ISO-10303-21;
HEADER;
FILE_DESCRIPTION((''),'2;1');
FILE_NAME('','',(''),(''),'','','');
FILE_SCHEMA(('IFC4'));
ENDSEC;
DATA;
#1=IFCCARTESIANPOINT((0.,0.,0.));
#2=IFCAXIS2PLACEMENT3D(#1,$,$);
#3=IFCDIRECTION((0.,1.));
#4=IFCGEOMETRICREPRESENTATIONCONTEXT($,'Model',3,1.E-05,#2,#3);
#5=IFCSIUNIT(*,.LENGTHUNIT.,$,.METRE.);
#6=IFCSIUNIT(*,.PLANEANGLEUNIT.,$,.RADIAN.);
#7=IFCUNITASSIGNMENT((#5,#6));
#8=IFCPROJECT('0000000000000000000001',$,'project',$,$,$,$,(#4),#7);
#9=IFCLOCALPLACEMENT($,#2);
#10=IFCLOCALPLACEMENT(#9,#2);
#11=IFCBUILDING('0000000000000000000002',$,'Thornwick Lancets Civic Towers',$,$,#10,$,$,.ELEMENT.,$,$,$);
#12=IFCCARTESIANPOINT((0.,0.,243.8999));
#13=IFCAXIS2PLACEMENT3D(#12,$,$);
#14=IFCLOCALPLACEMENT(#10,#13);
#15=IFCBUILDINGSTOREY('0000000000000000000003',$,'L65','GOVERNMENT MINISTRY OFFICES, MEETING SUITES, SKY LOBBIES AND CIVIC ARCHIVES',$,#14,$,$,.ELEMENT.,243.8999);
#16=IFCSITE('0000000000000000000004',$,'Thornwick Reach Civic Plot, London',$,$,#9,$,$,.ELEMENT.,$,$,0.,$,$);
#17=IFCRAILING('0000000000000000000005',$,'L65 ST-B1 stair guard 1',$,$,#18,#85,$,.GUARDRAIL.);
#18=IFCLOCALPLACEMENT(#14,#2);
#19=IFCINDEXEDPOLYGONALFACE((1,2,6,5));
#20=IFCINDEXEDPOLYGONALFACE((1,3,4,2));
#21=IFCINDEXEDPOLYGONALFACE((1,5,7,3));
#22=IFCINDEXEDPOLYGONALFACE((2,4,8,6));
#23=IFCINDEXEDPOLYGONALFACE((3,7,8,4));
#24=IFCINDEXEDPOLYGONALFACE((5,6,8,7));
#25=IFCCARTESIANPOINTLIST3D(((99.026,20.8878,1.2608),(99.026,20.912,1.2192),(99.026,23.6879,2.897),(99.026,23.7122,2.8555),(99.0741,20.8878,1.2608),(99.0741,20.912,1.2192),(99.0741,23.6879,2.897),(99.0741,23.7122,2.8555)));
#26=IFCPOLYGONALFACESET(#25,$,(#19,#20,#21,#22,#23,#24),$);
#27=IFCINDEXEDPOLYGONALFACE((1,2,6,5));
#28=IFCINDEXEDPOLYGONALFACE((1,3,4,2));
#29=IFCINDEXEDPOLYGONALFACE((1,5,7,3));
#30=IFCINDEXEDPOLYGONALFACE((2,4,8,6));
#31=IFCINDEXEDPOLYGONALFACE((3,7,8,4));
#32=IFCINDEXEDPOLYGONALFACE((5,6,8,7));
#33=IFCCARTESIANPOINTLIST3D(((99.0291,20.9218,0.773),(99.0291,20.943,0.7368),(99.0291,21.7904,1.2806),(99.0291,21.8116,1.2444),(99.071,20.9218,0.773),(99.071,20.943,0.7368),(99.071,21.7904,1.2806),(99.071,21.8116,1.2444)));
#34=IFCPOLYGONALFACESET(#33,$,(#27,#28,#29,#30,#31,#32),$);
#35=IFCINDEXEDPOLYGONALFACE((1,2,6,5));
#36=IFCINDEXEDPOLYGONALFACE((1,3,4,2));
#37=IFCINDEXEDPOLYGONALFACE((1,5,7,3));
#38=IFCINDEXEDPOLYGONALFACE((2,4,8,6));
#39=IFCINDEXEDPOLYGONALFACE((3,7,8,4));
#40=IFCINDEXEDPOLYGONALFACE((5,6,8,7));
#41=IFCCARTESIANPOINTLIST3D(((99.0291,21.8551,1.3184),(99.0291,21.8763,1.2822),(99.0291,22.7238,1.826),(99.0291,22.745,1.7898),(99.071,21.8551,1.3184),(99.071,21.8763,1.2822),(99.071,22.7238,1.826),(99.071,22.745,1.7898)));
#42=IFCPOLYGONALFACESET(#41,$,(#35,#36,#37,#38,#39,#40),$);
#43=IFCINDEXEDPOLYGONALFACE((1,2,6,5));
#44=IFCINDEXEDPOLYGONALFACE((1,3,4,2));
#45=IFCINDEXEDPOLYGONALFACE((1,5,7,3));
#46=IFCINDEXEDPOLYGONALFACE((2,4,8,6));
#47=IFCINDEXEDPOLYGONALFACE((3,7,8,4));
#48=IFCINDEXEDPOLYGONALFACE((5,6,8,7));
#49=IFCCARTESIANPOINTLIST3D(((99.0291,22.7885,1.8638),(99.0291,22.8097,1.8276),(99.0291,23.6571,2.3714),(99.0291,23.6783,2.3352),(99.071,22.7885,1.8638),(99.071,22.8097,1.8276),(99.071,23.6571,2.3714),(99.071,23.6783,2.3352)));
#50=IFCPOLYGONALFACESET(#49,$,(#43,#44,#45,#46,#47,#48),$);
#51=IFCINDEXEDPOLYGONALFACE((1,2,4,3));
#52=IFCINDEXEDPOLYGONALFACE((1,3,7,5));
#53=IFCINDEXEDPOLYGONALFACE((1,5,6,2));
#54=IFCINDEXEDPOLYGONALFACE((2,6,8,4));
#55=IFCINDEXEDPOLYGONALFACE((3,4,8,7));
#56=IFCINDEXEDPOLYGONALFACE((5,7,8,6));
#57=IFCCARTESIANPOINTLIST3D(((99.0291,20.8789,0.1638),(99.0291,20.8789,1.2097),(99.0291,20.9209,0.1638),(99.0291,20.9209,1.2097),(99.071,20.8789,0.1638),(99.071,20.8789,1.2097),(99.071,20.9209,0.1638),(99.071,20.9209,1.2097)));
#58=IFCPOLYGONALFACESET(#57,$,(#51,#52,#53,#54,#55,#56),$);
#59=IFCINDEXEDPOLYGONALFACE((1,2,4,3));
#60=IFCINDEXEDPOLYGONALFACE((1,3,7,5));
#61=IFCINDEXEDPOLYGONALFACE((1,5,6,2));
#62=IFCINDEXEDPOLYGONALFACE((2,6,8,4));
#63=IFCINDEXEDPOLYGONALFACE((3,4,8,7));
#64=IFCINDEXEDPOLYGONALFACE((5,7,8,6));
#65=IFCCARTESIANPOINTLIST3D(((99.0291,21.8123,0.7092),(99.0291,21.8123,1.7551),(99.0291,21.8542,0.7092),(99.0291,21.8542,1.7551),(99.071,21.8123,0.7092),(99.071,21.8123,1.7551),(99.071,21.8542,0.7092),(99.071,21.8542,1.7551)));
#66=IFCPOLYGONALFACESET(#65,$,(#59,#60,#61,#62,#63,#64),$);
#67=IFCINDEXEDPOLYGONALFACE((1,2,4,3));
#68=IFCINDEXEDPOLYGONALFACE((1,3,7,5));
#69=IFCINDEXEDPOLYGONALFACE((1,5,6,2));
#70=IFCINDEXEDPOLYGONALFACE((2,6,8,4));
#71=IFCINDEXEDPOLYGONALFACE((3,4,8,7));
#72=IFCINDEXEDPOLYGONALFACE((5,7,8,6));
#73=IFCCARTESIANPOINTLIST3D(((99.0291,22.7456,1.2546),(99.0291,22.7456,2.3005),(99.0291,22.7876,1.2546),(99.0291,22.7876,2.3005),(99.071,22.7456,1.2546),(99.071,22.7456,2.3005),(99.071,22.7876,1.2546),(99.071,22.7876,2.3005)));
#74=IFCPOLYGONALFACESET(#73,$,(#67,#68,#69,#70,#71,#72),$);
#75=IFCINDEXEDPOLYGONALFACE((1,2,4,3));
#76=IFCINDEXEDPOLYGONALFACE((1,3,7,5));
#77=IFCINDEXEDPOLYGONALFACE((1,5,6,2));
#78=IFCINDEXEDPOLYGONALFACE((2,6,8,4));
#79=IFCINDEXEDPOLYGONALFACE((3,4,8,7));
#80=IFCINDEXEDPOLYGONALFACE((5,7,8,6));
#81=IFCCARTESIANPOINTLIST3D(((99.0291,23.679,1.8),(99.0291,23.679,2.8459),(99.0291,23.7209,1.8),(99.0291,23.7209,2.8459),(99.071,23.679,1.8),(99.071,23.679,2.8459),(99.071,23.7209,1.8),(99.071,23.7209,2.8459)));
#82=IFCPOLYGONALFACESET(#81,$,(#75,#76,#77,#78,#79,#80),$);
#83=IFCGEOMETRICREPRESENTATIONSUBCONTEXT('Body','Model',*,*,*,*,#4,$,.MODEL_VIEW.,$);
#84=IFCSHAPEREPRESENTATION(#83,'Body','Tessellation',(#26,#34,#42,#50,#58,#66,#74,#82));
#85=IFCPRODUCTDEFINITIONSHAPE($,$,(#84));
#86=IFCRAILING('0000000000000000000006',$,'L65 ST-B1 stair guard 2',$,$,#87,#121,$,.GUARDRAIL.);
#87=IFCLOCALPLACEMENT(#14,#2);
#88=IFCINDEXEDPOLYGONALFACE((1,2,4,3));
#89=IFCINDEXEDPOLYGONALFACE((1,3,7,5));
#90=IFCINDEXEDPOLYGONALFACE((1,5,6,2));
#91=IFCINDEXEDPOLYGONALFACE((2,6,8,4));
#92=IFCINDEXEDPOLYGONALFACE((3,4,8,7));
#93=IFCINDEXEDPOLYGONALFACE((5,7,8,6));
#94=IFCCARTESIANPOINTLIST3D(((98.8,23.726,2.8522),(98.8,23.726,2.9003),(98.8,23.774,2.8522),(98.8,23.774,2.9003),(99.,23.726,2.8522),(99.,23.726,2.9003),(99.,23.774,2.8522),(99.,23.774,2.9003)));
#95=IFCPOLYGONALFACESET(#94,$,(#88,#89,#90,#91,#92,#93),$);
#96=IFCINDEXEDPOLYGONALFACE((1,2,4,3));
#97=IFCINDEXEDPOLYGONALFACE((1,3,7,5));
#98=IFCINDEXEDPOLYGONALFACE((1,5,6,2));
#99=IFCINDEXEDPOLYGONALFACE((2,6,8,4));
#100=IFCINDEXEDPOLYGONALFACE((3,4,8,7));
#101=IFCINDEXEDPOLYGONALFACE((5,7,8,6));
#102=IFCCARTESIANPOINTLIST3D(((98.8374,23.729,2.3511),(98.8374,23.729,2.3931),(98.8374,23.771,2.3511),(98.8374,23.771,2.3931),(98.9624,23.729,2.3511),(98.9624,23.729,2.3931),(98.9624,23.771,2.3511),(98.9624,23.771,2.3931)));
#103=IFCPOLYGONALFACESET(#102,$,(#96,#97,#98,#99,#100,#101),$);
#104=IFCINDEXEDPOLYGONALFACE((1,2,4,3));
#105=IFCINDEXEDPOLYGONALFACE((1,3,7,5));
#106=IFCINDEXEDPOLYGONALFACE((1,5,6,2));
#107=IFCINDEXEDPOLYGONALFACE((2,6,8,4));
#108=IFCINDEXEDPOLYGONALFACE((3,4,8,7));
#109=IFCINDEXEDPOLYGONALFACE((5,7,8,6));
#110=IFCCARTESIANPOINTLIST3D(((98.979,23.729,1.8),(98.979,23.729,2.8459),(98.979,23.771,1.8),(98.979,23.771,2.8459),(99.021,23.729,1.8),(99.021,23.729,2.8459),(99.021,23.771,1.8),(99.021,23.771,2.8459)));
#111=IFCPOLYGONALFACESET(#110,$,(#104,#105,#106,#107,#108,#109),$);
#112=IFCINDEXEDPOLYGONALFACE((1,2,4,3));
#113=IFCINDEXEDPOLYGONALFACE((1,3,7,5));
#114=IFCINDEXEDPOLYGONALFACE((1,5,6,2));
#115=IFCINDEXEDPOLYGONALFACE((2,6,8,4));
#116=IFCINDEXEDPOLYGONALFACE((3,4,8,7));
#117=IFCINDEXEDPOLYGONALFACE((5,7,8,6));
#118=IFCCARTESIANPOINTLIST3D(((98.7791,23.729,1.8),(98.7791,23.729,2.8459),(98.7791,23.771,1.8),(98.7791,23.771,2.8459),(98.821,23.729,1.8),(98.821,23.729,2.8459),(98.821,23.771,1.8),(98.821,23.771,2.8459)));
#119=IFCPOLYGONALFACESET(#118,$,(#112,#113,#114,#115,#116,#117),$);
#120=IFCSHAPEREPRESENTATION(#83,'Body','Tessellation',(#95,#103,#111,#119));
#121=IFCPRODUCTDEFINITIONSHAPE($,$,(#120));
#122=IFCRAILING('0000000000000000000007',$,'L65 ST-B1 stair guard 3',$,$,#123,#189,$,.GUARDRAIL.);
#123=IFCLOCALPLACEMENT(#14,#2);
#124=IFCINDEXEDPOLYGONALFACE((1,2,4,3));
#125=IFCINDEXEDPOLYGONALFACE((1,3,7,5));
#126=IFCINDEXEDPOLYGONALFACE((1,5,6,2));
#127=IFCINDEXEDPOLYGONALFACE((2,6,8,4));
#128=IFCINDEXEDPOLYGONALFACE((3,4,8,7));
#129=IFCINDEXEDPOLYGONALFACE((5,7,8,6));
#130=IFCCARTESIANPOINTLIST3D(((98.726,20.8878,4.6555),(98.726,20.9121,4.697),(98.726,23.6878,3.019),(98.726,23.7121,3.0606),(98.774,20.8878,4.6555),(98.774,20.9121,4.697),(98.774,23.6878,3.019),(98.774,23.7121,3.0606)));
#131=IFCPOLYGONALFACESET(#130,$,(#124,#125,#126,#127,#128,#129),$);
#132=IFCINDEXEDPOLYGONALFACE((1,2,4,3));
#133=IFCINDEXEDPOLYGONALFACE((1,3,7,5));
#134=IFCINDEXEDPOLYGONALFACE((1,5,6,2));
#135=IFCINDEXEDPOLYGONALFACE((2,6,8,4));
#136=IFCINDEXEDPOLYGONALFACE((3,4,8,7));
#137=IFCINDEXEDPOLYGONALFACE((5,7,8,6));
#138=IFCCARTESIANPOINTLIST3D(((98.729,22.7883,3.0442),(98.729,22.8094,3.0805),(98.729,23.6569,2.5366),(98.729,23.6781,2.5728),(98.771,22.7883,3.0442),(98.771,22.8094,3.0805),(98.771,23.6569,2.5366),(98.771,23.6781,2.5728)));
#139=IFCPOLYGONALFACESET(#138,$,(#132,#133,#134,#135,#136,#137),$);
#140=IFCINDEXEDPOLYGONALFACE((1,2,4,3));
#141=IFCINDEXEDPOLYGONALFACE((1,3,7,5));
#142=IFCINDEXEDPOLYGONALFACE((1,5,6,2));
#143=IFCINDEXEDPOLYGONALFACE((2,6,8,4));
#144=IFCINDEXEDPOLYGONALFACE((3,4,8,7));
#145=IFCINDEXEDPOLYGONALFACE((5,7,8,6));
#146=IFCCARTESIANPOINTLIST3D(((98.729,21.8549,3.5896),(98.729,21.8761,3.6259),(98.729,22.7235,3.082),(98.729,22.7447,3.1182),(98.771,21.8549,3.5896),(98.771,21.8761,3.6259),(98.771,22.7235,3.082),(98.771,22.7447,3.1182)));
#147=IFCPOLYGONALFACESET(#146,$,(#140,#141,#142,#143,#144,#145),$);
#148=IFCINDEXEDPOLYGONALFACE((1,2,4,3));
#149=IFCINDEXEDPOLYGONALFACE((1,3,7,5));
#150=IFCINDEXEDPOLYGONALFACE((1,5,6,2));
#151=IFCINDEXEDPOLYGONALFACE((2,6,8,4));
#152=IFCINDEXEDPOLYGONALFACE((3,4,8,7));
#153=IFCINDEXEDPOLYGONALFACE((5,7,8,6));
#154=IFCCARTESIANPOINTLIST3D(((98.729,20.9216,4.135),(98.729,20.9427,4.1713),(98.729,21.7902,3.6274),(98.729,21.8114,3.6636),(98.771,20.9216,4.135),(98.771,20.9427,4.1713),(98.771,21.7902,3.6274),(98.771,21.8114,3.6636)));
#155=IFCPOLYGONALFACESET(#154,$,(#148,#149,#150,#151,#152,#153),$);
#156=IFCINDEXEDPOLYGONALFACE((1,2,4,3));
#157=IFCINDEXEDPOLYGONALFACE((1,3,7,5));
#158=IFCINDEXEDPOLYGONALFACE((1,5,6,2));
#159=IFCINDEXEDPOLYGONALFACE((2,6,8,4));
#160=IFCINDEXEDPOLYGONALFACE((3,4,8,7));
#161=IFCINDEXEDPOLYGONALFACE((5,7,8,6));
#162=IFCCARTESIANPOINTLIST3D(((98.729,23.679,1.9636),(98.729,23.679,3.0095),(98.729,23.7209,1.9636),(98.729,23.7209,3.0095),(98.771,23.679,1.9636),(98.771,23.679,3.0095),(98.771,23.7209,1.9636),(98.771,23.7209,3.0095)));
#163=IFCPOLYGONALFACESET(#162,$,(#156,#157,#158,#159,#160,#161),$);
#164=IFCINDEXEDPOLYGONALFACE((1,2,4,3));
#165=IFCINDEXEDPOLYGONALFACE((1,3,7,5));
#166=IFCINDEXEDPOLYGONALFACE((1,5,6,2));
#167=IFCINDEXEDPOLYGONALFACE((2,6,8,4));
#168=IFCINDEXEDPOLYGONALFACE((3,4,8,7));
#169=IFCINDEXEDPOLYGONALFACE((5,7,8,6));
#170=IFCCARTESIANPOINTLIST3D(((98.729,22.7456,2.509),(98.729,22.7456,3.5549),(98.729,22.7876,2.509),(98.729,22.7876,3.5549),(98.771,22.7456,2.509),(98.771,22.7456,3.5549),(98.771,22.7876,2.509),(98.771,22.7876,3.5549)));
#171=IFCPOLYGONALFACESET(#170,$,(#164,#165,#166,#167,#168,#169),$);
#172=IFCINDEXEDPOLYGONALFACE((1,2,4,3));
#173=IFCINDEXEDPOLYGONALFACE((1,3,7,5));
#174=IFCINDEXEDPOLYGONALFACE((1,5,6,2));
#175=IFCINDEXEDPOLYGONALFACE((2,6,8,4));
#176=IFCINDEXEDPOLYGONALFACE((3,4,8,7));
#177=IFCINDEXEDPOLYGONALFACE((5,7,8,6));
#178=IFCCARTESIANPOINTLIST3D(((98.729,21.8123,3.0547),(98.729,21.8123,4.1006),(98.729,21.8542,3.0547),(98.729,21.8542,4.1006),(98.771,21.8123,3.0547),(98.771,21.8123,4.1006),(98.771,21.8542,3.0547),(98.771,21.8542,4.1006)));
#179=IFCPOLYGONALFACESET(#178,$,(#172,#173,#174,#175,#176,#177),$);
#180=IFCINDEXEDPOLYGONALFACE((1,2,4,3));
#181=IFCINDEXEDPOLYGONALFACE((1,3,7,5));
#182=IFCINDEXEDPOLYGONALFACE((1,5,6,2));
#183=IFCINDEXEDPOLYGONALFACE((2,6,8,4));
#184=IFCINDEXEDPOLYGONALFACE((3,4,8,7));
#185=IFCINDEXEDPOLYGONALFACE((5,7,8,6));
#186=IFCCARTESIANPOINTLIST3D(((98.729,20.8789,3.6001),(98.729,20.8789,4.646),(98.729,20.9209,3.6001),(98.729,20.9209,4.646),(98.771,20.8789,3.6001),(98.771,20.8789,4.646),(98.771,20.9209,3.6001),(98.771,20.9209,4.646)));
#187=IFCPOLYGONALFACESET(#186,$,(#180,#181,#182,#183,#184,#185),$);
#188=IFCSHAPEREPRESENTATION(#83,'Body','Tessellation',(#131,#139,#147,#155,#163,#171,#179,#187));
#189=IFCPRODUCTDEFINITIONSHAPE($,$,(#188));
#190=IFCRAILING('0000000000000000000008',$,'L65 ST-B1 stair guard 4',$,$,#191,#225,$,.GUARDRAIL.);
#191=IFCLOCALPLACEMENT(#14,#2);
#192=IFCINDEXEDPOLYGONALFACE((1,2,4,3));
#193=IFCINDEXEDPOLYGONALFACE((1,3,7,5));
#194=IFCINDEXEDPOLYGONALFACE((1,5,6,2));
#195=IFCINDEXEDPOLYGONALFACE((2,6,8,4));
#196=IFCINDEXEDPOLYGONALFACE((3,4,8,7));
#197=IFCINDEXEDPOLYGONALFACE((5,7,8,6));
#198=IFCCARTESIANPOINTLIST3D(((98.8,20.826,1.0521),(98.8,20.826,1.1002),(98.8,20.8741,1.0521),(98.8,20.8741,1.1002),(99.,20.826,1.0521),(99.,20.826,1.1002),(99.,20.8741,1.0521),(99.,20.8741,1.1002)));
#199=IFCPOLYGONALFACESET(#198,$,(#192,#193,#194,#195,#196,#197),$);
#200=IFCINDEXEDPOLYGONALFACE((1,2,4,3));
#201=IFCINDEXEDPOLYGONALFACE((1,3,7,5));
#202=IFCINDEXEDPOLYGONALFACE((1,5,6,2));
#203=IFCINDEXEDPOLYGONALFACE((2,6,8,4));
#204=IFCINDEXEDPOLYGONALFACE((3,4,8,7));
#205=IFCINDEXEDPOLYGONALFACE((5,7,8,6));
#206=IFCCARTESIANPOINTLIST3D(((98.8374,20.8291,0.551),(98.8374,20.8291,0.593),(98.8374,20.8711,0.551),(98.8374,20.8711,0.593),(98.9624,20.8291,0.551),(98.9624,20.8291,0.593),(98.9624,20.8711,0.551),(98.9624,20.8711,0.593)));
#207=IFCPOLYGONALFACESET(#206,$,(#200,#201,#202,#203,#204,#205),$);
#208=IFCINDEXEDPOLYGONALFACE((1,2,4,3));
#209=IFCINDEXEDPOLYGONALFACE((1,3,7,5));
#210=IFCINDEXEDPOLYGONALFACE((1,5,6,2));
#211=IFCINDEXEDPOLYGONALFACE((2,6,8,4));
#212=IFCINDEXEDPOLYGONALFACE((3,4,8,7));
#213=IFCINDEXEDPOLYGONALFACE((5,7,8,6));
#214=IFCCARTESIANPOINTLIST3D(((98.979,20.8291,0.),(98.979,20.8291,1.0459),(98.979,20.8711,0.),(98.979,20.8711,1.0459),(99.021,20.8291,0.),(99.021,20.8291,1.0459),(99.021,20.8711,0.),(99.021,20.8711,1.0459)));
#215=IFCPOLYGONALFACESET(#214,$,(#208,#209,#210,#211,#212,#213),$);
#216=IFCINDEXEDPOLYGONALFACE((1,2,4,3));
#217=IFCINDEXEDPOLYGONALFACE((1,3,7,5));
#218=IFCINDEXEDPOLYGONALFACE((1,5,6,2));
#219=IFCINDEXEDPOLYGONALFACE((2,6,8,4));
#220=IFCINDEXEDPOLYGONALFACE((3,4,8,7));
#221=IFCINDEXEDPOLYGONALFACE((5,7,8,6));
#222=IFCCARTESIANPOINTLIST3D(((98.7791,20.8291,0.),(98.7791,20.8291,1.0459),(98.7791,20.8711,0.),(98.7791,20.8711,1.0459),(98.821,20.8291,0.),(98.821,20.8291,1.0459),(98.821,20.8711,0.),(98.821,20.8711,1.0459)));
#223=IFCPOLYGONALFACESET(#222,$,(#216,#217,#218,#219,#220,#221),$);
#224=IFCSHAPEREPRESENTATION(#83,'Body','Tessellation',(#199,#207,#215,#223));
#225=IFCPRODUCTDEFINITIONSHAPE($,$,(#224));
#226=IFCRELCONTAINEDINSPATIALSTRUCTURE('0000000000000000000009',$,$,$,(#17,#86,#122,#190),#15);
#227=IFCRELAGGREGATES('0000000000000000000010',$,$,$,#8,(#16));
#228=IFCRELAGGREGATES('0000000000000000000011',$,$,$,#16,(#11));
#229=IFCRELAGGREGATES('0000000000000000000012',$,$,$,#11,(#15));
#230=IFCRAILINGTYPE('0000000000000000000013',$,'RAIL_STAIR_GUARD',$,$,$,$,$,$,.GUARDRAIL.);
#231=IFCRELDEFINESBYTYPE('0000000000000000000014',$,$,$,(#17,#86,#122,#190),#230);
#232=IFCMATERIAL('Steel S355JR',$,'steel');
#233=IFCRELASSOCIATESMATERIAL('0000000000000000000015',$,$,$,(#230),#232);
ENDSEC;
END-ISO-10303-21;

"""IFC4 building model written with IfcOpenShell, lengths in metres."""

from ifc_helpers import new_model, si_unit, direction, frame, origin, origin_2d, place, context, subcontext, project, spatial, rectangle, extrude, material, type_object, element, save


model = new_model("IFC4")

# Units and contexts
model_context = context("Model", 3, precision=1e-05, world=origin(), true_north=direction((0.0, 1.0)))
body_context = subcontext(model_context, "Body", "Model", "MODEL_VIEW")
ifc_project = project(units=[si_unit("LENGTHUNIT", "METRE"), si_unit("PLANEANGLEUNIT", "RADIAN")], contexts=[model_context])

# Site, building, storey
site_placement = place(None, origin())
site = spatial("IfcSite", under=ifc_project, at=site_placement, Name="Thornwick Reach Civic Plot, London", CompositionType="ELEMENT", RefElevation=0.0)
building_placement = place(site_placement, origin())
building = spatial("IfcBuilding", under=site, at=building_placement, Name="Thornwick Lancets Civic Towers", CompositionType="ELEMENT")
storey_placement = place(building_placement, frame((0.0, 0.0, 243.8999)))
storey = spatial("IfcBuildingStorey", under=building, at=storey_placement, Name="L65", Description="GOVERNMENT MINISTRY OFFICES, MEETING SUITES, SKY LOBBIES AND CIVIC ARCHIVES", CompositionType="ELEMENT", Elevation=243.8999)

# Shared definitions
ifc_material_1 = material(Name="Steel S355JR", Category="steel")

# Railings
railing_type_1 = type_object("IfcRailingType", Name="RAIL_STAIR_GUARD", PredefinedType="GUARDRAIL", material=ifc_material_1)
railing_1_placement = place(storey_placement, frame((99.05, 20.8999, 0.1638)))
element("IfcRailing", 1, at=railing_1_placement, inside=storey, type_object=railing_type_1, Name="L65 ST-B1 stair guard 1", PredefinedType="GUARDRAIL", context=body_context, shape_type="SweptSolid", body=[
    extrude(rectangle(XDim=0.0481, YDim=0.0481, at=origin_2d()), frame((0.0, 0.0, 1.0762), z_axis=(0.0, 0.863394, 0.504531), x_axis=(-1.0, 0.0, 0.0)), (0.0, 0.0, 1.0), 3.2432),
    extrude(rectangle(XDim=0.042, YDim=0.042, at=origin_2d()), frame((0.0, 0.0325, 0.5911), z_axis=(0.0, 0.863394, 0.504531), x_axis=(-1.0, 0.0, 0.0)), (0.0, 0.0, 1.0), 1.0061),
    extrude(rectangle(XDim=0.042, YDim=0.042, at=origin_2d()), frame((0.0, 0.9658, 1.1365), z_axis=(0.0, 0.863394, 0.504531), x_axis=(-1.0, 0.0, 0.0)), (0.0, 0.0, 1.0), 1.0061),
    extrude(rectangle(XDim=0.042, YDim=0.042, at=origin_2d()), frame((0.0, 1.8992, 1.6819), z_axis=(0.0, 0.863394, 0.504531), x_axis=(-1.0, 0.0, 0.0)), (0.0, 0.0, 1.0), 1.0061),
    extrude(rectangle(XDim=0.042, YDim=0.042, at=origin_2d()), origin(), (0.0, 0.0, 1.0), 1.0459),
    extrude(rectangle(XDim=0.042, YDim=0.042, at=origin_2d()), frame((0.0, 0.9333, 0.5454)), (0.0, 0.0, 1.0), 1.0459),
    extrude(rectangle(XDim=0.042, YDim=0.042, at=origin_2d()), frame((0.0, 1.8667, 1.0908)), (0.0, 0.0, 1.0), 1.0459),
    extrude(rectangle(XDim=0.042, YDim=0.042, at=origin_2d()), frame((0.0, 2.8, 1.6362)), (0.0, 0.0, 1.0), 1.0459),
])
railing_2_placement = place(storey_placement, frame((99.0, 23.75, 1.8)))
element("IfcRailing", 2, at=railing_2_placement, inside=storey, type_object=railing_type_1, Name="L65 ST-B1 stair guard 2", PredefinedType="GUARDRAIL", context=body_context, shape_type="SweptSolid", body=[
    extrude(rectangle(XDim=0.0481, YDim=0.0481, at=origin_2d()), frame((0.0, 0.0, 1.0762), z_axis=(-1.0, 0.0, 0.0), x_axis=(0.0, -1.0, 0.0)), (0.0, 0.0, 1.0), 0.2),
    extrude(rectangle(XDim=0.042, YDim=0.042, at=origin_2d()), frame((-0.0376, 0.0, 0.572), z_axis=(-1.0, 0.0, 0.0), x_axis=(0.0, -1.0, 0.0)), (0.0, 0.0, 1.0), 0.125),
    extrude(rectangle(XDim=0.042, YDim=0.042, at=origin_2d()), origin(), (0.0, 0.0, 1.0), 1.0459),
    extrude(rectangle(XDim=0.042, YDim=0.042, at=origin_2d()), frame((-0.2, 0.0, 0.0)), (0.0, 0.0, 1.0), 1.0459),
])
railing_3_placement = place(storey_placement, frame((98.75, 23.7, 1.9636)))
element("IfcRailing", 3, at=railing_3_placement, inside=storey, type_object=railing_type_1, Name="L65 ST-B1 stair guard 3", PredefinedType="GUARDRAIL", context=body_context, shape_type="SweptSolid", body=[
    extrude(rectangle(XDim=0.0481, YDim=0.0481, at=origin_2d()), frame((0.0, 0.0, 1.0762), z_axis=(0.0, -0.863361, 0.504587), x_axis=(1.0, 0.0, 0.0)), (0.0, 0.0, 1.0), 3.2432),
    extrude(rectangle(XDim=0.042, YDim=0.042, at=origin_2d()), frame((0.0, -0.0325, 0.5911), z_axis=(0.0, -0.863361, 0.504587), x_axis=(1.0, 0.0, 0.0)), (0.0, 0.0, 1.0), 1.0061),
    extrude(rectangle(XDim=0.042, YDim=0.042, at=origin_2d()), frame((0.0, -0.9658, 1.1365), z_axis=(0.0, -0.863361, 0.504587), x_axis=(1.0, 0.0, 0.0)), (0.0, 0.0, 1.0), 1.0061),
    extrude(rectangle(XDim=0.042, YDim=0.042, at=origin_2d()), frame((0.0, -1.8992, 1.6819), z_axis=(0.0, -0.863361, 0.504587), x_axis=(1.0, 0.0, 0.0)), (0.0, 0.0, 1.0), 1.0061),
    extrude(rectangle(XDim=0.042, YDim=0.042, at=origin_2d()), origin(), (0.0, 0.0, 1.0), 1.0459),
    extrude(rectangle(XDim=0.042, YDim=0.042, at=origin_2d()), frame((0.0, -0.9333, 0.5454)), (0.0, 0.0, 1.0), 1.0459),
    extrude(rectangle(XDim=0.042, YDim=0.042, at=origin_2d()), frame((0.0, -1.8667, 1.0911)), (0.0, 0.0, 1.0), 1.0459),
    extrude(rectangle(XDim=0.042, YDim=0.042, at=origin_2d()), frame((0.0, -2.8, 1.6365)), (0.0, 0.0, 1.0), 1.0459),
])
railing_4_placement = place(storey_placement, frame((99.0, 20.8501, 0.0)))
element("IfcRailing", 4, at=railing_4_placement, inside=storey, type_object=railing_type_1, Name="L65 ST-B1 stair guard 4", PredefinedType="GUARDRAIL", context=body_context, shape_type="SweptSolid", body=[
    extrude(rectangle(XDim=0.0481, YDim=0.0481, at=origin_2d()), frame((0.0, 0.0, 1.0762), z_axis=(-1.0, 0.0, 0.0), x_axis=(0.0, -1.0, 0.0)), (0.0, 0.0, 1.0), 0.2),
    extrude(rectangle(XDim=0.042, YDim=0.042, at=origin_2d()), frame((-0.0376, 0.0, 0.572), z_axis=(-1.0, 0.0, 0.0), x_axis=(0.0, -1.0, 0.0)), (0.0, 0.0, 1.0), 0.125),
    extrude(rectangle(XDim=0.042, YDim=0.042, at=origin_2d()), origin(), (0.0, 0.0, 1.0), 1.0459),
    extrude(rectangle(XDim=0.042, YDim=0.042, at=origin_2d()), frame((-0.2, 0.0, 0.0)), (0.0, 0.0, 1.0), 1.0459),
])

save(model, "model.ifc")
